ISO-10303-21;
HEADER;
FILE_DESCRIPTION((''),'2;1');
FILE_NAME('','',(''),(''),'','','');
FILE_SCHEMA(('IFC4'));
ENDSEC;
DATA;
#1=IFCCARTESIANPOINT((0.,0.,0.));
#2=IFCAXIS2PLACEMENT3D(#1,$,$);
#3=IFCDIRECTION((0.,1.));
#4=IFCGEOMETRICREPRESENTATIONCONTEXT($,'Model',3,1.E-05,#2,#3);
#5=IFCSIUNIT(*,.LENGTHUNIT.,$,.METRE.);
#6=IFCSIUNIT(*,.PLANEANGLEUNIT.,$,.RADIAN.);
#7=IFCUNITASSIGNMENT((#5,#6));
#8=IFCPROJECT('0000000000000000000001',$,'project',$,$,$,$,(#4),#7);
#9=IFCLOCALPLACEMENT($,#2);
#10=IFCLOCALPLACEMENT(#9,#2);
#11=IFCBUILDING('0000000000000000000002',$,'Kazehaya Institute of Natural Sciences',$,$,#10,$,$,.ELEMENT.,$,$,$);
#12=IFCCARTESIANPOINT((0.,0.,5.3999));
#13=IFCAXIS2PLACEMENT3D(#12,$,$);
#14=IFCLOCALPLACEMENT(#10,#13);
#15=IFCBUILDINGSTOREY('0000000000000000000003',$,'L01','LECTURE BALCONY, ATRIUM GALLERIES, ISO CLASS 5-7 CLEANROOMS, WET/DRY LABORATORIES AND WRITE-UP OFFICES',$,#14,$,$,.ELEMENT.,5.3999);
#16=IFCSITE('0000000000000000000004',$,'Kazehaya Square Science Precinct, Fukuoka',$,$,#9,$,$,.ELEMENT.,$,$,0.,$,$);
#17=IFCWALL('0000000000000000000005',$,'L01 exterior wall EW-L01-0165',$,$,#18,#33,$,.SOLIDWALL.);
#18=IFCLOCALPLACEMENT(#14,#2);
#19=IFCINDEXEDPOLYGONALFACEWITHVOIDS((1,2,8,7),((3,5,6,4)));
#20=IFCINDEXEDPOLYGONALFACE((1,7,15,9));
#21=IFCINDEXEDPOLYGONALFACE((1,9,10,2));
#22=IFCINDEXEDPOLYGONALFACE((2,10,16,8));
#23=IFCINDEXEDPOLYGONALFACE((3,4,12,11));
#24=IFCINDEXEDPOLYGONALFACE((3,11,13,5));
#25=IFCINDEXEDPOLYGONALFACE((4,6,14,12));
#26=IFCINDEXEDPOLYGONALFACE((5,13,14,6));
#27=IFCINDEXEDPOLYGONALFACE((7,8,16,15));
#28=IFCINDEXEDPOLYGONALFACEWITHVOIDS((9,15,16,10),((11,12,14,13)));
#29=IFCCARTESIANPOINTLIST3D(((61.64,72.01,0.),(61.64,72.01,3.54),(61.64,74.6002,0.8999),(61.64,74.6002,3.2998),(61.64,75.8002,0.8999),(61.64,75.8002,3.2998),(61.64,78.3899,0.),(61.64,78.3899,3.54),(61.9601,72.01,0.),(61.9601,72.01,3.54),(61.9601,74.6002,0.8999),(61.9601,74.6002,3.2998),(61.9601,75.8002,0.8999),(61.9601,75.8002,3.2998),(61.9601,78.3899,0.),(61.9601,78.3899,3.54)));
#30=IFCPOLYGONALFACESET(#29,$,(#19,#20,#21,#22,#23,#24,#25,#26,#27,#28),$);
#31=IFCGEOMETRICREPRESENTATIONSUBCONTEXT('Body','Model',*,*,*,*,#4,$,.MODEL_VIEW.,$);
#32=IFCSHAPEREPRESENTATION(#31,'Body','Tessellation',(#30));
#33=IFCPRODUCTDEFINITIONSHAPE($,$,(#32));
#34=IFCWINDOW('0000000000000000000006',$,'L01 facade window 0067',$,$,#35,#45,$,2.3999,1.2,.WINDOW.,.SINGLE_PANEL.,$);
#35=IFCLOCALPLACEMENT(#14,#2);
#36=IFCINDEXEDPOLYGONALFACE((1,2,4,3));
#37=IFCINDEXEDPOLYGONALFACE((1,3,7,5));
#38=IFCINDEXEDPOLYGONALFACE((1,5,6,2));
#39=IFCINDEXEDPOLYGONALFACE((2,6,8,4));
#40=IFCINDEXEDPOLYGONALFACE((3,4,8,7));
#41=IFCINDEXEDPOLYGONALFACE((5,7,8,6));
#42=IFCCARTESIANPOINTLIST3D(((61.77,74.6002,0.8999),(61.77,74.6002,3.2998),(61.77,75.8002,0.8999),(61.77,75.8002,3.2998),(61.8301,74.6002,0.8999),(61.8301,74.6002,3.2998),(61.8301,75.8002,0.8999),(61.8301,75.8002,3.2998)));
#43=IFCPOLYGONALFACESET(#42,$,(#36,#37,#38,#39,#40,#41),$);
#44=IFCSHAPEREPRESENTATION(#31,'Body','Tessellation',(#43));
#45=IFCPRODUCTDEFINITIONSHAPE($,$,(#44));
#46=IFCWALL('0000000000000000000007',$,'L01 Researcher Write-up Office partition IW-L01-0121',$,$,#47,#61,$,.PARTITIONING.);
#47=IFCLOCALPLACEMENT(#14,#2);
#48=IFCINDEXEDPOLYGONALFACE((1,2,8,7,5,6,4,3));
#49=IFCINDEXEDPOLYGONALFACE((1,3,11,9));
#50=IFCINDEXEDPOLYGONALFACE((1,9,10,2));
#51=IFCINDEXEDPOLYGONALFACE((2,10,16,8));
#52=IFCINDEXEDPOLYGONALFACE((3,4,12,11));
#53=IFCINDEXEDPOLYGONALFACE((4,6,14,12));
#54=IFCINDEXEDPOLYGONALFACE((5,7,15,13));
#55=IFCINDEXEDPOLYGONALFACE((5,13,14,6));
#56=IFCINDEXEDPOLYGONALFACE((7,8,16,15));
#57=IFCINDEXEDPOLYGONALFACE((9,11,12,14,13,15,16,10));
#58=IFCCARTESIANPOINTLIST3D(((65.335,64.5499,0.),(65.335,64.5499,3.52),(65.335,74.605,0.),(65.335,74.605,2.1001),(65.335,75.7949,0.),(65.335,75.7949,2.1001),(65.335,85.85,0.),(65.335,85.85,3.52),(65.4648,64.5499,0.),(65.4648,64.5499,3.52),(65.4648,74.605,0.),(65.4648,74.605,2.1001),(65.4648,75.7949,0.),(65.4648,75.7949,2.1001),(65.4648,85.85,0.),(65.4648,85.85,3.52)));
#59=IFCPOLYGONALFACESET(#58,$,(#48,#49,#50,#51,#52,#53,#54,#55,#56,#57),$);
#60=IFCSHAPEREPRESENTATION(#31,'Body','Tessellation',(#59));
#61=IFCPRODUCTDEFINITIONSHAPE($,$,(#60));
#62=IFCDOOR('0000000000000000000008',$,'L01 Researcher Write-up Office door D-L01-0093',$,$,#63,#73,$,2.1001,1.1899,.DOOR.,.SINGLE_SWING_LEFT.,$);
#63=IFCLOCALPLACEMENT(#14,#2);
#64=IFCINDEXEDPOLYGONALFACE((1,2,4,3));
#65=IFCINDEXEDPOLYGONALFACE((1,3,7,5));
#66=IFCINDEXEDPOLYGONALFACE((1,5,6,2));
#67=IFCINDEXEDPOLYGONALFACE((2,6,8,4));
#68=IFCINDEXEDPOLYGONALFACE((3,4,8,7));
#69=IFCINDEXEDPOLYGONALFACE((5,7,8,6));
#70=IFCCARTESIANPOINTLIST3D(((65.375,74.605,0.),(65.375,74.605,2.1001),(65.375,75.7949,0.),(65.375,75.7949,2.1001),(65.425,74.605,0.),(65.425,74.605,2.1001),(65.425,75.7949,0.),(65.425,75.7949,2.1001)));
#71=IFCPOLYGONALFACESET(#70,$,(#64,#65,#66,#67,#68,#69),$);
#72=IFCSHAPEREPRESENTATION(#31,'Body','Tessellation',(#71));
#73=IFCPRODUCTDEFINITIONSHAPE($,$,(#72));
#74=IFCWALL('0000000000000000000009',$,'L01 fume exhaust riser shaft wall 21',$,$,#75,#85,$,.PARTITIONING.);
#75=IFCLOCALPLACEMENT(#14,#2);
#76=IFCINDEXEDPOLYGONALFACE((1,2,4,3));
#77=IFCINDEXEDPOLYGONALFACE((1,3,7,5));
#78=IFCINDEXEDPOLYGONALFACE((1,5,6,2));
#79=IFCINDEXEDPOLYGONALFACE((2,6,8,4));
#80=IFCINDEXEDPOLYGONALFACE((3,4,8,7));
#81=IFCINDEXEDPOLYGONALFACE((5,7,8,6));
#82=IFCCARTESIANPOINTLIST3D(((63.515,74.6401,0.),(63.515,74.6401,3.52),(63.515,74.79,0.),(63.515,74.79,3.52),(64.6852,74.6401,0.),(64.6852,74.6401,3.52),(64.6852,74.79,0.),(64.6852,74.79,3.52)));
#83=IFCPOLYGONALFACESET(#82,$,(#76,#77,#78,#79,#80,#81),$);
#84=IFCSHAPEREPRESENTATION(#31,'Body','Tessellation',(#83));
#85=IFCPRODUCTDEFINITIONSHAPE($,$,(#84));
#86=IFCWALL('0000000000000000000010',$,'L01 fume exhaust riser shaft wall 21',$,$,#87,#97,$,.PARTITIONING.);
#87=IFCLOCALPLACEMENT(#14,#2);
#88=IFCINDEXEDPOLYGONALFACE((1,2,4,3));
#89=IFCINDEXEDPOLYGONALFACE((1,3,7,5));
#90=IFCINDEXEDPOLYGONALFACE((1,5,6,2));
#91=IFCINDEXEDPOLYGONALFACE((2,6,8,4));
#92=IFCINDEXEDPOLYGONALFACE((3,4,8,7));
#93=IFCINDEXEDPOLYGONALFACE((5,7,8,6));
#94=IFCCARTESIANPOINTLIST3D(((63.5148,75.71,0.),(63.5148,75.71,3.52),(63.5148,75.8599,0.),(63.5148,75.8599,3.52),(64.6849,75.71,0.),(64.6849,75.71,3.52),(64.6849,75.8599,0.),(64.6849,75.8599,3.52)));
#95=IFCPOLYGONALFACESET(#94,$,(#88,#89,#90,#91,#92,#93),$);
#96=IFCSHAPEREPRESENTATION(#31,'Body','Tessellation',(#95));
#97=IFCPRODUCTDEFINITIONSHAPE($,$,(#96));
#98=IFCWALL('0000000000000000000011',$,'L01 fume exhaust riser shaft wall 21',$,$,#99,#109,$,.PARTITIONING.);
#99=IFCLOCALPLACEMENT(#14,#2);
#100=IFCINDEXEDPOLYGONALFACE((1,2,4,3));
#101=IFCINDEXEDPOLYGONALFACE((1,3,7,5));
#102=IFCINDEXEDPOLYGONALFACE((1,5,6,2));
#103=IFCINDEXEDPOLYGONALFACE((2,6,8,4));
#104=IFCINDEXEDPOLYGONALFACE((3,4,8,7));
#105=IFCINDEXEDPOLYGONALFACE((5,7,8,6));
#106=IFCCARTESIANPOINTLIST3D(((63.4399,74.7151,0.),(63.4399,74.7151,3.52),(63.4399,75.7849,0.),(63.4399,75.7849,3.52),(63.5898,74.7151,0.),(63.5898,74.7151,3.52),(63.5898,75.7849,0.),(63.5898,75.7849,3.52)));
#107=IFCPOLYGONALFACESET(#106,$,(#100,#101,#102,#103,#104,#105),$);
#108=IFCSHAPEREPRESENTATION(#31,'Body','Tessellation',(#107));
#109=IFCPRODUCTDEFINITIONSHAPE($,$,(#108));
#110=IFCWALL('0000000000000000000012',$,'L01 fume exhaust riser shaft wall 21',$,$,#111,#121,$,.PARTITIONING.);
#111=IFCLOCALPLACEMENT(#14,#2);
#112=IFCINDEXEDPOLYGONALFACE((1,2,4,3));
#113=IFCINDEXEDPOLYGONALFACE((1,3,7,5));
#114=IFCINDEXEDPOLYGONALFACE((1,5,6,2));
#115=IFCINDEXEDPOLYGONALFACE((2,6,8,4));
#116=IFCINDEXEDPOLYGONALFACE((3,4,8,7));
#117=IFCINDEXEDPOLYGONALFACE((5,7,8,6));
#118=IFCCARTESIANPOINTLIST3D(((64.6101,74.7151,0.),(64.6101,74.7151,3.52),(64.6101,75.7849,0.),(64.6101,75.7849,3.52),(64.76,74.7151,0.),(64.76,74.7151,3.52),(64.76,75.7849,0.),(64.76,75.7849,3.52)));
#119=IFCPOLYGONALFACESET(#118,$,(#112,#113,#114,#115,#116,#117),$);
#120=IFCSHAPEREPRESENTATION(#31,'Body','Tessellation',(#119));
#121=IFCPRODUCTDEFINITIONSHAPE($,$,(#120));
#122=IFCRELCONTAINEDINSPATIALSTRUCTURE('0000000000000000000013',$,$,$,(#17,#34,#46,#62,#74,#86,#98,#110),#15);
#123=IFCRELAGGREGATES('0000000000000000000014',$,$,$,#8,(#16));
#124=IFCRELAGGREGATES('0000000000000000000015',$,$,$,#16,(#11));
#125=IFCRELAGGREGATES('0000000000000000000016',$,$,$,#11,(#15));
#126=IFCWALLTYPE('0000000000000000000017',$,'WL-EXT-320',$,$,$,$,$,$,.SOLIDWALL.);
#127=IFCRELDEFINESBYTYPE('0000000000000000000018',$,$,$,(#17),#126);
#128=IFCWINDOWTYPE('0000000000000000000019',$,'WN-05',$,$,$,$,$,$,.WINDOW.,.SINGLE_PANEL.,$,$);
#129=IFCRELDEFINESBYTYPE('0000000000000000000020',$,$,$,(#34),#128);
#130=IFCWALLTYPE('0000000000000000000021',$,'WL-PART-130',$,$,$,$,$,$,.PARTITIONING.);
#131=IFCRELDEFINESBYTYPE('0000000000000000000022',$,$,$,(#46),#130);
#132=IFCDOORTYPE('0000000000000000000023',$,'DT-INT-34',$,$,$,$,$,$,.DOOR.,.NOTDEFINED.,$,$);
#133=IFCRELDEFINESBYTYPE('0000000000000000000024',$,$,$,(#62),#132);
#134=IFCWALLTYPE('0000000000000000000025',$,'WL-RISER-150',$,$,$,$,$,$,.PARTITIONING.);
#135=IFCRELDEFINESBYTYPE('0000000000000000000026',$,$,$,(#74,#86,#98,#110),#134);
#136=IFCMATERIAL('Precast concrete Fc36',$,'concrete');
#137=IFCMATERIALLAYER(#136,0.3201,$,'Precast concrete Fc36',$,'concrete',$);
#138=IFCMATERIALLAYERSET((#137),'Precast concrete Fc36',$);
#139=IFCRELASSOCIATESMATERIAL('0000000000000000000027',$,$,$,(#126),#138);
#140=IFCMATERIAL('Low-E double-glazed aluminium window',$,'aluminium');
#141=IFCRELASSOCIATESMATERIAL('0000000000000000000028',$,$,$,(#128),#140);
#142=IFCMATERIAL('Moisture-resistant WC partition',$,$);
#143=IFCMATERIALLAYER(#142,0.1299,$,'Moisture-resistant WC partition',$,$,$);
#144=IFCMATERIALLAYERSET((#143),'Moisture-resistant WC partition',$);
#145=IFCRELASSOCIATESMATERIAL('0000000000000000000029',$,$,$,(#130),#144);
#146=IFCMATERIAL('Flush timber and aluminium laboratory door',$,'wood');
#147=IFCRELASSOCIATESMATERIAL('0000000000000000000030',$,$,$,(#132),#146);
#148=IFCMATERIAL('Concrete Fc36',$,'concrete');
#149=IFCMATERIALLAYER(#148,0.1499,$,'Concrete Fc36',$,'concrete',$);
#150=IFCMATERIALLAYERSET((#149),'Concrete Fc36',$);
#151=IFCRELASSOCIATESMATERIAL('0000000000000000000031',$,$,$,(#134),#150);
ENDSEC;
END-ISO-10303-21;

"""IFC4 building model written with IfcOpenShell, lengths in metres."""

from ifc_helpers import new_model, si_unit, direction, frame, frame_2d, origin, place, context, subcontext, project, spatial, rectangle, extrude, material, layer, layer_set, type_object, element, fill, save


model = new_model("IFC4")

# Units and contexts
model_context = context("Model", 3, precision=1e-05, world=origin(), true_north=direction((0.0, 1.0)))
body_context = subcontext(model_context, "Body", "Model", "MODEL_VIEW")
ifc_project = project(units=[si_unit("LENGTHUNIT", "METRE"), si_unit("PLANEANGLEUNIT", "RADIAN")], contexts=[model_context])

# Site, building, storey
site_placement = place(None, origin())
site = spatial("IfcSite", under=ifc_project, at=site_placement, Name="Kazehaya Square Science Precinct, Fukuoka", CompositionType="ELEMENT", RefElevation=0.0)
building_placement = place(site_placement, origin())
building = spatial("IfcBuilding", under=site, at=building_placement, Name="Kazehaya Institute of Natural Sciences", CompositionType="ELEMENT")
storey_placement = place(building_placement, frame((0.0, 0.0, 5.3999)))
storey = spatial("IfcBuildingStorey", under=building, at=storey_placement, Name="L01", Description="LECTURE BALCONY, ATRIUM GALLERIES, ISO CLASS 5-7 CLEANROOMS, WET/DRY LABORATORIES AND WRITE-UP OFFICES", CompositionType="ELEMENT", Elevation=5.3999)

# Shared definitions
ifc_material_1 = material(Name="Concrete Fc36", Category="concrete")

# Wall, opening, window
ifc_material_2 = material(Name="Precast concrete Fc36", Category="concrete")
ifc_material_3 = material(Name="Low-E double-glazed aluminium window", Category="aluminium")
ifc_layer_1 = layer(ifc_material_2, 0.3201, Name="Precast concrete Fc36", Category="concrete")
ifc_layer_set_1 = layer_set([ifc_layer_1], Name="Precast concrete Fc36")
wall_type_1 = type_object("IfcWallType", Name="WL-EXT-320", PredefinedType="SOLIDWALL", material=ifc_layer_set_1)
wall_1_placement = place(storey_placement, frame((61.8, 72.01, 0.0), z_axis=(0.0, 0.0, 1.0), x_axis=(0.0, 1.0, 0.0)))
wall_1 = element("IfcWall", 1, at=wall_1_placement, inside=storey, type_object=wall_type_1, Name="L01 exterior wall EW-L01-0165", PredefinedType="SOLIDWALL", context=body_context, shape_type="SweptSolid", body=[
    extrude(rectangle(XDim=6.3799, YDim=0.3201, at=frame_2d((3.1899, 0.0))), origin(), (0.0, 0.0, 1.0), 3.54),
])
opening_1_placement = place(wall_1_placement, frame((2.5901, 0.0, 0.8999)))
opening_1 = element("IfcOpeningElement", 2, at=opening_1_placement, cuts=wall_1, PredefinedType="OPENING", context=body_context, shape_type="SweptSolid", body=[
    extrude(rectangle(XDim=1.2, YDim=2.3999, at=frame_2d((0.6001, 1.2))), frame((0.0, 0.1699, 0.0), z_axis=(0.0, -1.0, 0.0), x_axis=(1.0, 0.0, 0.0)), (0.0, 0.0, 1.0), 0.3401),
])
window_type_1 = type_object("IfcWindowType", Name="WN-05", PartitioningType="SINGLE_PANEL", PredefinedType="WINDOW", material=ifc_material_3)
window_1_placement = place(opening_1_placement, origin())
window_1 = element("IfcWindow", 3, at=window_1_placement, inside=storey, type_object=window_type_1, Name="L01 facade window 0067", OverallHeight=2.3999, OverallWidth=1.2, PartitioningType="SINGLE_PANEL", PredefinedType="WINDOW", context=body_context, shape_type="SweptSolid", body=[
    extrude(rectangle(XDim=1.2, YDim=2.3999, at=frame_2d((0.6001, 1.2))), frame((0.0, 0.03, 0.0), z_axis=(0.0, -1.0, 0.0), x_axis=(1.0, 0.0, 0.0)), (0.0, 0.0, 1.0), 0.0601),
])
fill(opening_1, window_1)

# Wall, opening, door
ifc_material_4 = material(Name="Moisture-resistant WC partition")
ifc_layer_2 = layer(ifc_material_4, 0.1299, Name="Moisture-resistant WC partition")
ifc_layer_set_2 = layer_set([ifc_layer_2], Name="Moisture-resistant WC partition")
wall_type_2 = type_object("IfcWallType", Name="WL-PART-130", PredefinedType="PARTITIONING", material=ifc_layer_set_2)
wall_2_placement = place(storey_placement, frame((65.3999, 64.55, 0.0), z_axis=(0.0, 0.0, 1.0), x_axis=(0.0, 1.0, 0.0)))
wall_2 = element("IfcWall", 4, at=wall_2_placement, inside=storey, type_object=wall_type_2, Name="L01 Researcher Write-up Office partition IW-L01-0121", PredefinedType="PARTITIONING", context=body_context, shape_type="SweptSolid", body=[
    extrude(rectangle(XDim=21.3, YDim=0.1299, at=frame_2d((10.6499, 0.0))), origin(), (0.0, 0.0, 1.0), 3.52),
])
opening_2_placement = place(wall_2_placement, frame((10.0549, 0.0, 0.0)))
opening_2 = element("IfcOpeningElement", 5, at=opening_2_placement, cuts=wall_2, PredefinedType="OPENING", context=body_context, shape_type="SweptSolid", body=[
    extrude(rectangle(XDim=1.1899, YDim=2.1001, at=frame_2d((0.595, 1.05))), frame((0.0, 0.075, 0.0), z_axis=(0.0, -1.0, 0.0), x_axis=(1.0, 0.0, 0.0)), (0.0, 0.0, 1.0), 0.1499),
])
ifc_material_5 = material(Name="Flush timber and aluminium laboratory door", Category="wood")
door_type = type_object("IfcDoorType", Name="DT-INT-34", OperationType="NOTDEFINED", PredefinedType="DOOR", material=ifc_material_5)
door_placement = place(opening_2_placement, origin())
door = element("IfcDoor", 6, at=door_placement, inside=storey, type_object=door_type, Name="L01 Researcher Write-up Office door D-L01-0093", OperationType="SINGLE_SWING_LEFT", OverallHeight=2.1001, OverallWidth=1.1899, PredefinedType="DOOR", context=body_context, shape_type="SweptSolid", body=[
    extrude(rectangle(XDim=1.1899, YDim=2.1001, at=frame_2d((0.595, 1.05))), frame((0.0, 0.0249, 0.0), z_axis=(0.0, -1.0, 0.0), x_axis=(1.0, 0.0, 0.0)), (0.0, 0.0, 1.0), 0.05),
])
fill(opening_2, door)

# Walls
ifc_layer_3 = layer(ifc_material_1, 0.1499, Name="Concrete Fc36", Category="concrete")
ifc_layer_set_3 = layer_set([ifc_layer_3], Name="Concrete Fc36")
wall_type_3 = type_object("IfcWallType", Name="WL-RISER-150", PredefinedType="PARTITIONING", material=ifc_layer_set_3)
for number, where, z_axis, x_axis, name in (
    (7, (64.6851, 74.7151, 0.0), (0.0, 0.0, 1.0), (-1.0, 0.0, 0.0), "L01 fume exhaust riser shaft wall 21"),
    (8, (63.5149, 75.7849, 0.0), (0.0, 0.0, 1.0), (1.0, 0.0, 0.0), "L01 fume exhaust riser shaft wall 21"),
):
    element("IfcWall", number, at=place(storey_placement, frame(where, z_axis=z_axis, x_axis=x_axis)), inside=storey, type_object=wall_type_3, Name=name, PredefinedType="PARTITIONING", context=body_context, shape_type="SweptSolid", body=[
        extrude(rectangle(XDim=1.1702, YDim=0.1499, at=frame_2d((0.585, 0.0))), origin(), (0.0, 0.0, 1.0), 3.52),
    ])
for number, where, z_axis, x_axis, name in (
    (9, (63.5149, 74.7151, 0.0), (0.0, 0.0, 1.0), (0.0, 1.0, 0.0), "L01 fume exhaust riser shaft wall 21"),
    (10, (64.6851, 75.7849, 0.0), (0.0, 0.0, 1.0), (0.0, -1.0, 0.0), "L01 fume exhaust riser shaft wall 21"),
):
    element("IfcWall", number, at=place(storey_placement, frame(where, z_axis=z_axis, x_axis=x_axis)), inside=storey, type_object=wall_type_3, Name=name, PredefinedType="PARTITIONING", context=body_context, shape_type="SweptSolid", body=[
        extrude(rectangle(XDim=1.0698, YDim=0.1499, at=frame_2d((0.5349, 0.0))), origin(), (0.0, 0.0, 1.0), 3.52),
    ])

save(model, "model.ifc")
